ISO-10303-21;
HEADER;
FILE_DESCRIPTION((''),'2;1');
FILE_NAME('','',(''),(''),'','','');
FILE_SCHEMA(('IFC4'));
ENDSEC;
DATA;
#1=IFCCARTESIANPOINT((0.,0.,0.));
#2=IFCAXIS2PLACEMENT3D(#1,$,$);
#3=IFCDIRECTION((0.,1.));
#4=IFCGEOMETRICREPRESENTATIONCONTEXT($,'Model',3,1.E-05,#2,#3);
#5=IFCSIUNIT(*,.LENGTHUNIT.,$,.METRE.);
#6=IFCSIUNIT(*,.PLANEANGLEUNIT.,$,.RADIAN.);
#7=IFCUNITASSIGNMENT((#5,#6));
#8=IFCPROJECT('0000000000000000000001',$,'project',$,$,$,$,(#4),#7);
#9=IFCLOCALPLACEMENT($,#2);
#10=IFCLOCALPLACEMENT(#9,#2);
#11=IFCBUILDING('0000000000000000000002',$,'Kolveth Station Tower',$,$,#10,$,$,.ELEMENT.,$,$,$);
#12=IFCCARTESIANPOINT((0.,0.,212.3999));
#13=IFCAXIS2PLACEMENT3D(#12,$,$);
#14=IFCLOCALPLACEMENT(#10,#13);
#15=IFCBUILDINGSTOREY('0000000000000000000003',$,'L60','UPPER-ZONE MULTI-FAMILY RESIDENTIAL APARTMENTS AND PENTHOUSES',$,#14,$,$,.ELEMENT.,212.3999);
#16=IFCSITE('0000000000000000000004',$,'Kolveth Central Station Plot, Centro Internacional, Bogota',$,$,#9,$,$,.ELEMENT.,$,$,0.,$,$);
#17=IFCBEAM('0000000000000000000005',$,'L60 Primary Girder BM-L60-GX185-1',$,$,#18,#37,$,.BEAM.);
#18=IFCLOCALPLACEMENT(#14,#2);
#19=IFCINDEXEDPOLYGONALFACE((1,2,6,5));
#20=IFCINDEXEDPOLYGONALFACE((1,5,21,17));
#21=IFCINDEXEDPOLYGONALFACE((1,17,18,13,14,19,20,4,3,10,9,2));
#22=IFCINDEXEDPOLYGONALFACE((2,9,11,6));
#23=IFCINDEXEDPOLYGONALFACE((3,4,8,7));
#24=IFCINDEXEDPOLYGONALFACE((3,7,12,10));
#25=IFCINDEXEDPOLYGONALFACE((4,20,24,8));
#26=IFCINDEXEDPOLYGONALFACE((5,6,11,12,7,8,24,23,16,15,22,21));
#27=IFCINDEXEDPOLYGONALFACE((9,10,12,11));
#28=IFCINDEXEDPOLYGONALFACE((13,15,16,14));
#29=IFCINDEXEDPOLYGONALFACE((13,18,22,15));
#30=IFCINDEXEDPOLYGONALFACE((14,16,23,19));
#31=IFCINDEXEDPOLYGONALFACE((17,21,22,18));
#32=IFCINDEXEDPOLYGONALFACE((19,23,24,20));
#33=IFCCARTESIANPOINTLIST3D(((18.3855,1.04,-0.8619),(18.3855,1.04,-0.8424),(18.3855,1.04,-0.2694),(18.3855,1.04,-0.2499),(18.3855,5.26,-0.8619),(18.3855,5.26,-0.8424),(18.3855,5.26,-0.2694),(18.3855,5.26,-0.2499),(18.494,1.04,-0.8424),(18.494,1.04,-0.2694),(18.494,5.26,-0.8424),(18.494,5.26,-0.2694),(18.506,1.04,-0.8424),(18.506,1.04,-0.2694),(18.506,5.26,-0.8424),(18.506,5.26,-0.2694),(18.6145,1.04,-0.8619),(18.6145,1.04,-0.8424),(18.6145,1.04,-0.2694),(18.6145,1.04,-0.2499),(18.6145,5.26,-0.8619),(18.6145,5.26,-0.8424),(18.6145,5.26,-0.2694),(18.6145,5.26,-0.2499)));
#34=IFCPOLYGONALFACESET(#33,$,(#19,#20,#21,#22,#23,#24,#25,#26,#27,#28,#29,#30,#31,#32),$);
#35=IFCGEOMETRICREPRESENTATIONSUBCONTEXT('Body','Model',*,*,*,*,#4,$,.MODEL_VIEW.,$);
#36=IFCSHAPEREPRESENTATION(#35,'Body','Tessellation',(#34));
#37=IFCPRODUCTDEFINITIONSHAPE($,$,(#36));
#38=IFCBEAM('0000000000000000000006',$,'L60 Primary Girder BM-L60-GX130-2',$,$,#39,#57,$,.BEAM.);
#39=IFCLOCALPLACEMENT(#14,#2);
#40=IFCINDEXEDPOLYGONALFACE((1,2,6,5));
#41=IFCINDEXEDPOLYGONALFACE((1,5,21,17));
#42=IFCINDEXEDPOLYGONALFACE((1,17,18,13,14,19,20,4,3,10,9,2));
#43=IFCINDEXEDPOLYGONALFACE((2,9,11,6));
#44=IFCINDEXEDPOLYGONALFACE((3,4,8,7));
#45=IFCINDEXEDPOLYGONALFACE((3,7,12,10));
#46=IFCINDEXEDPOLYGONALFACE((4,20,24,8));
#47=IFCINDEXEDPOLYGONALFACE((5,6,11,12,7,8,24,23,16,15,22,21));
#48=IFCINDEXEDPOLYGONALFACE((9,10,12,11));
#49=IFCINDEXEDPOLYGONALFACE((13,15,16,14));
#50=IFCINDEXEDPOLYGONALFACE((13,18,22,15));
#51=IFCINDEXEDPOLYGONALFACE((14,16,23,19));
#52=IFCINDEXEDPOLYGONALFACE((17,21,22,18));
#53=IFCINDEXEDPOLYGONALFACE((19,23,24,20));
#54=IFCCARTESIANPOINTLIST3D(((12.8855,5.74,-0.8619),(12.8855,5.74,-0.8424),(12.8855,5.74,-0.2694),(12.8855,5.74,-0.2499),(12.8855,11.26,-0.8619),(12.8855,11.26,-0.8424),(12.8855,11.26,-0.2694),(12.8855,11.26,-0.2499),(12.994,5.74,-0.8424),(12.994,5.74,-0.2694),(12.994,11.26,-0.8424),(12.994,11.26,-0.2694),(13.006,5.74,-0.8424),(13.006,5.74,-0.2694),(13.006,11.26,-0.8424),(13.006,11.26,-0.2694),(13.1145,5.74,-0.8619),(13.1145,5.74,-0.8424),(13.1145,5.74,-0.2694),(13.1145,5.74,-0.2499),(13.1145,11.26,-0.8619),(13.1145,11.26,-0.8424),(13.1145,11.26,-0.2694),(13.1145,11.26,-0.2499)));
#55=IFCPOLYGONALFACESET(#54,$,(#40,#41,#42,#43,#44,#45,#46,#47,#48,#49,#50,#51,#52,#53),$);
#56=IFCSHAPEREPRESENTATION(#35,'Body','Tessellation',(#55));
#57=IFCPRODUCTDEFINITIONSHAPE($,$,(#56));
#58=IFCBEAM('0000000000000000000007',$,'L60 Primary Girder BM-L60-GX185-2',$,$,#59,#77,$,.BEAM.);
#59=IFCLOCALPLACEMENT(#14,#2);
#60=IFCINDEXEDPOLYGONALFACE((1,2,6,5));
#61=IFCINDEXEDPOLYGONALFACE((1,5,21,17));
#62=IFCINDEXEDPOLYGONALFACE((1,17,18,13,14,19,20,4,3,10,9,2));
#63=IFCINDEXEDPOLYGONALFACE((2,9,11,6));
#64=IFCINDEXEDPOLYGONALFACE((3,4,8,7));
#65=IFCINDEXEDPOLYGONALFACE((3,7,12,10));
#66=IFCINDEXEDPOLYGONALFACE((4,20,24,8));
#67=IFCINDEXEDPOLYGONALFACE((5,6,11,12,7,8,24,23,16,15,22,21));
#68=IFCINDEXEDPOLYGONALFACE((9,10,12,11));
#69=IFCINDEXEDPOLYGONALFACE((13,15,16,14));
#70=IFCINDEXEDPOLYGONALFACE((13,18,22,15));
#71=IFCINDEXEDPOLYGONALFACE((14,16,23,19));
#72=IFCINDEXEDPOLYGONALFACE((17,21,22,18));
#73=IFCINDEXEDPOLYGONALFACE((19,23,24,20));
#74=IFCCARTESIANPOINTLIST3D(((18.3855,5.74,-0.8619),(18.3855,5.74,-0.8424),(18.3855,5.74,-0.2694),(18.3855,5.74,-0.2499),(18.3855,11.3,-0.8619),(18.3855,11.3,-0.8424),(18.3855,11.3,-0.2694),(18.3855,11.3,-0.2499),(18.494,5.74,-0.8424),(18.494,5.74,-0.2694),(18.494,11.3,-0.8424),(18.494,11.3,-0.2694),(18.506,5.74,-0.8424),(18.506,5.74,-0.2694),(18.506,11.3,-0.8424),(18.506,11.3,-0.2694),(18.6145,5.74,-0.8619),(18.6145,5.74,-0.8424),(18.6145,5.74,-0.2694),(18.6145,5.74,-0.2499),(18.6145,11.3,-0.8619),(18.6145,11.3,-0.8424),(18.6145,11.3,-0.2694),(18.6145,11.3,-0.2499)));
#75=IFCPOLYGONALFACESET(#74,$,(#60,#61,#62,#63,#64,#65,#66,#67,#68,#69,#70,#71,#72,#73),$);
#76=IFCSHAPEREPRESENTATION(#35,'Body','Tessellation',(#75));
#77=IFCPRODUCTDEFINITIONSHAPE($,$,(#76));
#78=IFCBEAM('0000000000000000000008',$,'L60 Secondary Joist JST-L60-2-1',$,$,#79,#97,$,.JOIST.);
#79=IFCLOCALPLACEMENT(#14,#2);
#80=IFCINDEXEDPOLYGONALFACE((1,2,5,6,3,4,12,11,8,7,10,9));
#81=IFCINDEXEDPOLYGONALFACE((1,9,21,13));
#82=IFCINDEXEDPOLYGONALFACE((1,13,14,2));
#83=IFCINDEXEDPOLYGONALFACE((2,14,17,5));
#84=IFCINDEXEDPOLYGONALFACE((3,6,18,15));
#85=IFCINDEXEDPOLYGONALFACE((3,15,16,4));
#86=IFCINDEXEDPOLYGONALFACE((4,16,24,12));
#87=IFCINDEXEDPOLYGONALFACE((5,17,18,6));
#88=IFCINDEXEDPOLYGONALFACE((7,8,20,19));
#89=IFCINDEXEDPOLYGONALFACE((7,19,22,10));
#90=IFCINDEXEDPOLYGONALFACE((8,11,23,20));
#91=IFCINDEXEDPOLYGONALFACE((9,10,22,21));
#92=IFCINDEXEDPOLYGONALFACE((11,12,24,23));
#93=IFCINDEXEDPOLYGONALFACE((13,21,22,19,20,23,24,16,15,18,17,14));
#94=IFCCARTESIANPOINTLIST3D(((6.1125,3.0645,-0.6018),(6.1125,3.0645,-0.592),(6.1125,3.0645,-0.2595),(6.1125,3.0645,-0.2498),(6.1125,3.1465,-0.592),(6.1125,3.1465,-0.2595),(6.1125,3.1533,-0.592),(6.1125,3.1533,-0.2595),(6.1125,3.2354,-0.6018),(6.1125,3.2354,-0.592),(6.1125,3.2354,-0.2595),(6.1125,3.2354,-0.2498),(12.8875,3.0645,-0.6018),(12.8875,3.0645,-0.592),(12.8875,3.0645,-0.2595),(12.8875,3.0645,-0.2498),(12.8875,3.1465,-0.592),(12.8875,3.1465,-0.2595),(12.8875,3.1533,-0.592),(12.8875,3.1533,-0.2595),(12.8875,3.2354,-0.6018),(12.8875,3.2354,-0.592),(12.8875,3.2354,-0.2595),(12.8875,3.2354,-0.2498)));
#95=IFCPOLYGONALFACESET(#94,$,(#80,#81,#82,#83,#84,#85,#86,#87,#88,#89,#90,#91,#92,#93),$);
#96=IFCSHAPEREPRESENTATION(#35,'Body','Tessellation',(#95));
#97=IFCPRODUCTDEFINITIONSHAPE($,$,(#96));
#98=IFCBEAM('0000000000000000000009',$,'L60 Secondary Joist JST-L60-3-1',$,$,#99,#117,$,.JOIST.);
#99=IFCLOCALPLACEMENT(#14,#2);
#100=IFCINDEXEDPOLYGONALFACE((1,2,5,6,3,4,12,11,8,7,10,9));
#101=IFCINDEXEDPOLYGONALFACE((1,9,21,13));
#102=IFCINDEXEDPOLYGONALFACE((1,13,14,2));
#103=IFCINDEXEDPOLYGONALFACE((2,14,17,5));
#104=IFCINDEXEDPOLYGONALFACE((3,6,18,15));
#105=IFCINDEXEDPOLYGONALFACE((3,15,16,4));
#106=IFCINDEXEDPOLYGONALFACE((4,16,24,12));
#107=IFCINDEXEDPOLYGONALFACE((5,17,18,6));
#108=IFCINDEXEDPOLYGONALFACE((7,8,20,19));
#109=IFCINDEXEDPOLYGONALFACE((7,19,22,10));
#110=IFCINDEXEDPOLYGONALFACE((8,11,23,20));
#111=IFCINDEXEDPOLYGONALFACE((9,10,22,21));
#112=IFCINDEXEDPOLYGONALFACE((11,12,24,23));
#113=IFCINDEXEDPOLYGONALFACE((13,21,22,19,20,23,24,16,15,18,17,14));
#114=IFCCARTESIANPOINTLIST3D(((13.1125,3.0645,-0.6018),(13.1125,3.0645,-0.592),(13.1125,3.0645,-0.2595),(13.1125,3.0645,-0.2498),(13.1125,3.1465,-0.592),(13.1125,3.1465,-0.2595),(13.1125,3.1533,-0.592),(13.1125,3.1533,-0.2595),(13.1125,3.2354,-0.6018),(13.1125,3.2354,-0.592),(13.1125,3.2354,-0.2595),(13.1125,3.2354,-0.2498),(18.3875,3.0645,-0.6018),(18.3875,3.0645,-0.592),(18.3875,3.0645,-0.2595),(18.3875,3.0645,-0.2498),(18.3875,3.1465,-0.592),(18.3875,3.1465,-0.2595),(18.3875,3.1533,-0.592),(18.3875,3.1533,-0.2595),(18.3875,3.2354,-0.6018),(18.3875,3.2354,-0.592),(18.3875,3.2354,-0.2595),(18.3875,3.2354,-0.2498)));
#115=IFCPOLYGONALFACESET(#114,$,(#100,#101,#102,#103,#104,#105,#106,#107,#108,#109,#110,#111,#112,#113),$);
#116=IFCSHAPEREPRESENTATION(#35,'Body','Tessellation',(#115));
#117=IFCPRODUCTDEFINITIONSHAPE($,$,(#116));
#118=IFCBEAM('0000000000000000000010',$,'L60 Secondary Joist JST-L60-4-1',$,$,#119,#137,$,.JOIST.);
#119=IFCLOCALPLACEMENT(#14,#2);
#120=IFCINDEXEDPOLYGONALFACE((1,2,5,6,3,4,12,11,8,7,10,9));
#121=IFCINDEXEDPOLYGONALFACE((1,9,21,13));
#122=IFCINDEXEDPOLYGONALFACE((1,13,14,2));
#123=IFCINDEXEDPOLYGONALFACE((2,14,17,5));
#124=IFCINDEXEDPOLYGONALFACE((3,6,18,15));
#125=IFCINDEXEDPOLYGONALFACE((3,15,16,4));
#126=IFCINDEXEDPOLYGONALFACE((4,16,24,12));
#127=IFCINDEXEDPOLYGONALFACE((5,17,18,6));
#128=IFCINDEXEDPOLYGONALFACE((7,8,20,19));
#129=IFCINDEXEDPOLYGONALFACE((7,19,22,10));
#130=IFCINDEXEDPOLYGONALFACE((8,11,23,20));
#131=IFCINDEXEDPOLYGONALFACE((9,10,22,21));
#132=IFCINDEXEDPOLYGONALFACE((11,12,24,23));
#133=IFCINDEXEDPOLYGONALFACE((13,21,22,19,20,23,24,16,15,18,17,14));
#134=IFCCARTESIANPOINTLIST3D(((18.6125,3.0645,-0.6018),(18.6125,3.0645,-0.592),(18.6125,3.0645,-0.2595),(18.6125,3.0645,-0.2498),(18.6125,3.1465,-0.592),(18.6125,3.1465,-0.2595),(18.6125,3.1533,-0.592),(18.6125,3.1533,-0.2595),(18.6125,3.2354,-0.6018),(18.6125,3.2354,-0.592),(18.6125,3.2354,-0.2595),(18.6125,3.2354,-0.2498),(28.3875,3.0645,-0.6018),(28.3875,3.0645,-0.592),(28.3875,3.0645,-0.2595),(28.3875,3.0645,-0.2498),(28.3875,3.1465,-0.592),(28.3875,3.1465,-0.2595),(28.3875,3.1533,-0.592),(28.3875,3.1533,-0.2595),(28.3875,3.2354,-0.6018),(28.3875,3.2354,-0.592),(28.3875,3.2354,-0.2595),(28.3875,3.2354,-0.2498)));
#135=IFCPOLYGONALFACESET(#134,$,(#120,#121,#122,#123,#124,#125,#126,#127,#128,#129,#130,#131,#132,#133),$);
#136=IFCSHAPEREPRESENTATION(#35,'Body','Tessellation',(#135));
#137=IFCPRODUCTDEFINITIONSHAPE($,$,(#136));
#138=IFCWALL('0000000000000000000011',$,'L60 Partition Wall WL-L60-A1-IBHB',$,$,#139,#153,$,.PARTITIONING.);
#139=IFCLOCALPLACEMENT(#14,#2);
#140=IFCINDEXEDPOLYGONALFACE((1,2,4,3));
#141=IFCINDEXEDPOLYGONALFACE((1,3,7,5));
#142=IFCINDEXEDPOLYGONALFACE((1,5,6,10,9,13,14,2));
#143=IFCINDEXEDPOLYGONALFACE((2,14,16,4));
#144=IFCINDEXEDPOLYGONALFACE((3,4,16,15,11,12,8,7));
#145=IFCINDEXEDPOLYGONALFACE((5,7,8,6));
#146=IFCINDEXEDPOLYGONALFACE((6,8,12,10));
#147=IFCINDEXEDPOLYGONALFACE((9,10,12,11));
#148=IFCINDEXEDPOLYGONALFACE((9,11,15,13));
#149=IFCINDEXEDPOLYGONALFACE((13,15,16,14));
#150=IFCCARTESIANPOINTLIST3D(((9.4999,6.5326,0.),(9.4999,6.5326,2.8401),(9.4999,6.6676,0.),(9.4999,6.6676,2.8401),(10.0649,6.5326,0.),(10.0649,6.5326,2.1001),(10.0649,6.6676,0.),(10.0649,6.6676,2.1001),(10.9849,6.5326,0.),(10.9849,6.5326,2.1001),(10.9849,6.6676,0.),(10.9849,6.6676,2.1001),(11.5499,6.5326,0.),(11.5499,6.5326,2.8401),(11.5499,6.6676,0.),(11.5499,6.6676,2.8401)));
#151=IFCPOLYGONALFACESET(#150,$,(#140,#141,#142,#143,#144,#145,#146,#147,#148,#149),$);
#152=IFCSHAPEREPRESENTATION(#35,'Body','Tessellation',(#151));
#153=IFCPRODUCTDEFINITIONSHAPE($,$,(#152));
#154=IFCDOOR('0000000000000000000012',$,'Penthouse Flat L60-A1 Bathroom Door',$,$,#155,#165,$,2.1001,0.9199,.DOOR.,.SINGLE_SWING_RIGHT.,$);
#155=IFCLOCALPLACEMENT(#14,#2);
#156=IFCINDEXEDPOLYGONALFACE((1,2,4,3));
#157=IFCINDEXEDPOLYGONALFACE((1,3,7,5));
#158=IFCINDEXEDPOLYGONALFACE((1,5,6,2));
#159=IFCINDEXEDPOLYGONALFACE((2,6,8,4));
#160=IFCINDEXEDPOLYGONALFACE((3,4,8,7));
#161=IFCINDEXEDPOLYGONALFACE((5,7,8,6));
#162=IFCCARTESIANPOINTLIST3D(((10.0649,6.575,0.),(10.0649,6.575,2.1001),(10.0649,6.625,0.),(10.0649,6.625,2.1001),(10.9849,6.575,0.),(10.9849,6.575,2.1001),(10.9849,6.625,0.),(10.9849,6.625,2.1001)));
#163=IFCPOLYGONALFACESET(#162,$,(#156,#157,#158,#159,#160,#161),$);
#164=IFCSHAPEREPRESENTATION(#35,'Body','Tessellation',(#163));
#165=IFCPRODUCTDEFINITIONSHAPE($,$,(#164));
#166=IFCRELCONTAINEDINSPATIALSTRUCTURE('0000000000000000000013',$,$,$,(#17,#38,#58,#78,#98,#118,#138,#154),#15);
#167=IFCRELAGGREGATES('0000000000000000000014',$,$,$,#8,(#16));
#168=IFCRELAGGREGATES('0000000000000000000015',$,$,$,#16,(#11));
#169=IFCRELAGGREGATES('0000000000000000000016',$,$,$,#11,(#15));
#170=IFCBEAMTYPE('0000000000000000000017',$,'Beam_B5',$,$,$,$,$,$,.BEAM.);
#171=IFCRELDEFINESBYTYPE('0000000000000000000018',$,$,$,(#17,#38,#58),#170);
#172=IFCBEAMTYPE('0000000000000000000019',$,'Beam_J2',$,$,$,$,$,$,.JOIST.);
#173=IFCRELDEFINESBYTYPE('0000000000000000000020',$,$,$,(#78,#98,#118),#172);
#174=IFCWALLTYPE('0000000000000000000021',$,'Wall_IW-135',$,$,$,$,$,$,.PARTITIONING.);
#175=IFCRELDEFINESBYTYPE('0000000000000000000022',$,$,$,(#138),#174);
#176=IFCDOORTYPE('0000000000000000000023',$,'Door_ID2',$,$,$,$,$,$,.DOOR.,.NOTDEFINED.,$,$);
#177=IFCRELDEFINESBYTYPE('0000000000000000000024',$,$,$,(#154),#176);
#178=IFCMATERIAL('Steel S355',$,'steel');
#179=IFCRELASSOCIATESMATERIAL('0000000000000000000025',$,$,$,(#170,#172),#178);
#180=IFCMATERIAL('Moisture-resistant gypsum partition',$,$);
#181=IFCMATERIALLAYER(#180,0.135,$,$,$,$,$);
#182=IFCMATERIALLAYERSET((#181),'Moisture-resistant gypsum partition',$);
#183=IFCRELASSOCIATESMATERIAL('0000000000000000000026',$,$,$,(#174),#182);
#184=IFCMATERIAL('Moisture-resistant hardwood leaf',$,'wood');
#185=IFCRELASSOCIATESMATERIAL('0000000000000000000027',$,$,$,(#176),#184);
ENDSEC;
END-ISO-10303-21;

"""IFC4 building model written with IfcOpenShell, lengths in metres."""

from ifc_helpers import new_model, si_unit, direction, frame, frame_2d, origin, origin_2d, place, context, subcontext, project, spatial, rectangle, i_section, extrude, source, transform, mapped, material, layer, layer_set, material_profile, profile_set, type_object, element, fill, save


model = new_model("IFC4")

# Units and contexts
model_context = context("Model", 3, precision=1e-05, world=origin(), true_north=direction((0.0, 1.0)))
body_context = subcontext(model_context, "Body", "Model", "MODEL_VIEW")
ifc_project = project(units=[si_unit("LENGTHUNIT", "METRE"), si_unit("PLANEANGLEUNIT", "RADIAN")], contexts=[model_context])

# Site, building, storey
site_placement = place(None, origin())
site = spatial("IfcSite", under=ifc_project, at=site_placement, Name="Kolveth Central Station Plot, Centro Internacional, Bogota", CompositionType="ELEMENT", RefElevation=0.0)
building_placement = place(site_placement, origin())
building = spatial("IfcBuilding", under=site, at=building_placement, Name="Kolveth Station Tower", CompositionType="ELEMENT")
storey_placement = place(building_placement, frame((0.0, 0.0, 212.3999)))
storey = spatial("IfcBuildingStorey", under=building, at=storey_placement, Name="L60", Description="UPPER-ZONE MULTI-FAMILY RESIDENTIAL APARTMENTS AND PENTHOUSES", CompositionType="ELEMENT", Elevation=212.3999)

# Shared definitions
ifc_material_1 = material(Name="Steel S355", Category="steel")

# Beams
ifc_material_profile_1 = material_profile(ifc_material_1, i_section(OverallWidth=0.229, OverallDepth=0.6121, WebThickness=0.012, FlangeThickness=0.0195, at=origin_2d()), Name="W610x125")
ifc_profile_set_1 = profile_set([ifc_material_profile_1], Name="Steel S355")
beam_type_1 = type_object("IfcBeamType", Name="Beam_B5", PredefinedType="BEAM", material=ifc_profile_set_1)
shared_shape_1 = source(origin(), body_context, "Body", "SweptSolid", [
    extrude(i_section(OverallWidth=0.229, OverallDepth=0.6121, WebThickness=0.012, FlangeThickness=0.0195, at=origin_2d()), origin(), (0.0, 0.0, 1.0), 4.22),
])
for number, where, z_axis, x_axis, name in (
    (1, (18.5, 1.04, -0.5559), (0.0, 1.0, 0.0), (-1.0, 0.0, 0.0), "L60 Primary Girder BM-L60-GX185-1"),
):
    element("IfcBeam", number, at=place(storey_placement, frame(where, z_axis=z_axis, x_axis=x_axis)), inside=storey, type_object=beam_type_1, Name=name, PredefinedType="BEAM", context=body_context, shape_type="MappedRepresentation", body=[
        mapped(shared_shape_1, transform((0.0, 0.0, 0.0), x_axis=(1.0, 0.0, 0.0), y_axis=(0.0, 1.0, 0.0), z_axis=(0.0, 0.0, 1.0), scale=1.0)),
    ])
shared_shape_2 = source(origin(), body_context, "Body", "SweptSolid", [
    extrude(i_section(OverallWidth=0.229, OverallDepth=0.6121, WebThickness=0.012, FlangeThickness=0.0195, at=origin_2d()), origin(), (0.0, 0.0, 1.0), 5.52),
])
beam_1_placement = place(storey_placement, frame((13.0, 5.74, -0.5559), z_axis=(0.0, 1.0, 0.0), x_axis=(-1.0, 0.0, 0.0)))
element("IfcBeam", 2, at=beam_1_placement, inside=storey, type_object=beam_type_1, Name="L60 Primary Girder BM-L60-GX130-2", PredefinedType="BEAM", context=body_context, shape_type="MappedRepresentation", body=[
    mapped(shared_shape_2, transform((0.0, 0.0, 0.0), x_axis=(1.0, 0.0, 0.0), y_axis=(0.0, 1.0, 0.0), z_axis=(0.0, 0.0, 1.0), scale=1.0)),
])
shared_shape_3 = source(origin(), body_context, "Body", "SweptSolid", [
    extrude(i_section(OverallWidth=0.229, OverallDepth=0.6121, WebThickness=0.012, FlangeThickness=0.0195, at=origin_2d()), origin(), (0.0, 0.0, 1.0), 5.5601),
])
beam_2_placement = place(storey_placement, frame((18.5, 5.74, -0.5559), z_axis=(0.0, 1.0, 0.0), x_axis=(-1.0, 0.0, 0.0)))
element("IfcBeam", 3, at=beam_2_placement, inside=storey, type_object=beam_type_1, Name="L60 Primary Girder BM-L60-GX185-2", PredefinedType="BEAM", context=body_context, shape_type="MappedRepresentation", body=[
    mapped(shared_shape_3, transform((0.0, 0.0, 0.0), x_axis=(1.0, 0.0, 0.0), y_axis=(0.0, 1.0, 0.0), z_axis=(0.0, 0.0, 1.0), scale=1.0)),
])
ifc_material_profile_2 = material_profile(ifc_material_1, i_section(OverallWidth=0.1709, OverallDepth=0.3521, WebThickness=0.0068, FlangeThickness=0.0098, at=origin_2d()), Name="W360x44")
ifc_profile_set_2 = profile_set([ifc_material_profile_2], Name="Steel S355")
beam_type_2 = type_object("IfcBeamType", Name="Beam_J2", PredefinedType="JOIST", material=ifc_profile_set_2)
shared_shape_4 = source(origin(), body_context, "Body", "SweptSolid", [
    extrude(i_section(OverallWidth=0.1709, OverallDepth=0.3521, WebThickness=0.0068, FlangeThickness=0.0098, at=origin_2d()), origin(), (0.0, 0.0, 1.0), 6.7749),
])
beam_3_placement = place(storey_placement, frame((6.1125, 3.1499, -0.4258), z_axis=(1.0, 0.0, 0.0), x_axis=(0.0, 1.0, 0.0)))
element("IfcBeam", 4, at=beam_3_placement, inside=storey, type_object=beam_type_2, Name="L60 Secondary Joist JST-L60-2-1", PredefinedType="JOIST", context=body_context, shape_type="MappedRepresentation", body=[
    mapped(shared_shape_4, transform((0.0, 0.0, 0.0), x_axis=(1.0, 0.0, 0.0), y_axis=(0.0, 1.0, 0.0), z_axis=(0.0, 0.0, 1.0), scale=1.0)),
])
shared_shape_5 = source(origin(), body_context, "Body", "SweptSolid", [
    extrude(i_section(OverallWidth=0.1709, OverallDepth=0.3521, WebThickness=0.0068, FlangeThickness=0.0098, at=origin_2d()), origin(), (0.0, 0.0, 1.0), 5.2749),
])
beam_4_placement = place(storey_placement, frame((13.1125, 3.1499, -0.4258), z_axis=(1.0, 0.0, 0.0), x_axis=(0.0, 1.0, 0.0)))
element("IfcBeam", 5, at=beam_4_placement, inside=storey, type_object=beam_type_2, Name="L60 Secondary Joist JST-L60-3-1", PredefinedType="JOIST", context=body_context, shape_type="MappedRepresentation", body=[
    mapped(shared_shape_5, transform((0.0, 0.0, 0.0), x_axis=(1.0, 0.0, 0.0), y_axis=(0.0, 1.0, 0.0), z_axis=(0.0, 0.0, 1.0), scale=1.0)),
])
shared_shape_6 = source(origin(), body_context, "Body", "SweptSolid", [
    extrude(i_section(OverallWidth=0.1709, OverallDepth=0.3521, WebThickness=0.0068, FlangeThickness=0.0098, at=origin_2d()), origin(), (0.0, 0.0, 1.0), 9.7749),
])
beam_5_placement = place(storey_placement, frame((18.6125, 3.1499, -0.4258), z_axis=(1.0, 0.0, 0.0), x_axis=(0.0, 1.0, 0.0)))
element("IfcBeam", 6, at=beam_5_placement, inside=storey, type_object=beam_type_2, Name="L60 Secondary Joist JST-L60-4-1", PredefinedType="JOIST", context=body_context, shape_type="MappedRepresentation", body=[
    mapped(shared_shape_6, transform((0.0, 0.0, 0.0), x_axis=(1.0, 0.0, 0.0), y_axis=(0.0, 1.0, 0.0), z_axis=(0.0, 0.0, 1.0), scale=1.0)),
])

# Wall, opening, door
ifc_material_2 = material(Name="Moisture-resistant gypsum partition")
ifc_layer_1 = layer(ifc_material_2, 0.135)
ifc_layer_set_1 = layer_set([ifc_layer_1], Name="Moisture-resistant gypsum partition")
wall_type_1 = type_object("IfcWallType", Name="Wall_IW-135", PredefinedType="PARTITIONING", material=ifc_layer_set_1)
wall_1_placement = place(storey_placement, frame((9.5, 6.6001, 0.0), z_axis=(0.0, 0.0, 1.0), x_axis=(1.0, 0.0, 0.0)))
wall_1 = element("IfcWall", 7, at=wall_1_placement, inside=storey, type_object=wall_type_1, Name="L60 Partition Wall WL-L60-A1-IBHB", PredefinedType="PARTITIONING", context=body_context, shape_type="SweptSolid", body=[
    extrude(rectangle(XDim=2.05, YDim=0.135, at=frame_2d((1.0249, 0.0))), origin(), (0.0, 0.0, 1.0), 2.8401),
])
opening_1_placement = place(wall_1_placement, frame((0.5649, 0.0, 0.0)))
opening_1 = element("IfcOpeningElement", 8, at=opening_1_placement, cuts=wall_1, PredefinedType="OPENING", context=body_context, shape_type="SweptSolid", body=[
    extrude(rectangle(XDim=0.9199, YDim=2.1001, at=frame_2d((0.46, 1.05))), frame((0.0, 0.0774, 0.0), z_axis=(0.0, -1.0, 0.0), x_axis=(1.0, 0.0, 0.0)), (0.0, 0.0, 1.0), 0.155),
])
ifc_material_3 = material(Name="Moisture-resistant hardwood leaf", Category="wood")
door_type_1 = type_object("IfcDoorType", Name="Door_ID2", OperationType="NOTDEFINED", PredefinedType="DOOR", material=ifc_material_3)
door_1_placement = place(opening_1_placement, origin())
door_1 = element("IfcDoor", 9, at=door_1_placement, inside=storey, type_object=door_type_1, Name="Penthouse Flat L60-A1 Bathroom Door", OperationType="SINGLE_SWING_RIGHT", OverallHeight=2.1001, OverallWidth=0.9199, PredefinedType="DOOR", context=body_context, shape_type="SweptSolid", body=[
    extrude(rectangle(XDim=0.9199, YDim=2.1001, at=frame_2d((0.46, 1.05))), frame((0.0, 0.0249, 0.0), z_axis=(0.0, -1.0, 0.0), x_axis=(1.0, 0.0, 0.0)), (0.0, 0.0, 1.0), 0.05),
])
fill(opening_1, door_1)

save(model, "model.ifc")
